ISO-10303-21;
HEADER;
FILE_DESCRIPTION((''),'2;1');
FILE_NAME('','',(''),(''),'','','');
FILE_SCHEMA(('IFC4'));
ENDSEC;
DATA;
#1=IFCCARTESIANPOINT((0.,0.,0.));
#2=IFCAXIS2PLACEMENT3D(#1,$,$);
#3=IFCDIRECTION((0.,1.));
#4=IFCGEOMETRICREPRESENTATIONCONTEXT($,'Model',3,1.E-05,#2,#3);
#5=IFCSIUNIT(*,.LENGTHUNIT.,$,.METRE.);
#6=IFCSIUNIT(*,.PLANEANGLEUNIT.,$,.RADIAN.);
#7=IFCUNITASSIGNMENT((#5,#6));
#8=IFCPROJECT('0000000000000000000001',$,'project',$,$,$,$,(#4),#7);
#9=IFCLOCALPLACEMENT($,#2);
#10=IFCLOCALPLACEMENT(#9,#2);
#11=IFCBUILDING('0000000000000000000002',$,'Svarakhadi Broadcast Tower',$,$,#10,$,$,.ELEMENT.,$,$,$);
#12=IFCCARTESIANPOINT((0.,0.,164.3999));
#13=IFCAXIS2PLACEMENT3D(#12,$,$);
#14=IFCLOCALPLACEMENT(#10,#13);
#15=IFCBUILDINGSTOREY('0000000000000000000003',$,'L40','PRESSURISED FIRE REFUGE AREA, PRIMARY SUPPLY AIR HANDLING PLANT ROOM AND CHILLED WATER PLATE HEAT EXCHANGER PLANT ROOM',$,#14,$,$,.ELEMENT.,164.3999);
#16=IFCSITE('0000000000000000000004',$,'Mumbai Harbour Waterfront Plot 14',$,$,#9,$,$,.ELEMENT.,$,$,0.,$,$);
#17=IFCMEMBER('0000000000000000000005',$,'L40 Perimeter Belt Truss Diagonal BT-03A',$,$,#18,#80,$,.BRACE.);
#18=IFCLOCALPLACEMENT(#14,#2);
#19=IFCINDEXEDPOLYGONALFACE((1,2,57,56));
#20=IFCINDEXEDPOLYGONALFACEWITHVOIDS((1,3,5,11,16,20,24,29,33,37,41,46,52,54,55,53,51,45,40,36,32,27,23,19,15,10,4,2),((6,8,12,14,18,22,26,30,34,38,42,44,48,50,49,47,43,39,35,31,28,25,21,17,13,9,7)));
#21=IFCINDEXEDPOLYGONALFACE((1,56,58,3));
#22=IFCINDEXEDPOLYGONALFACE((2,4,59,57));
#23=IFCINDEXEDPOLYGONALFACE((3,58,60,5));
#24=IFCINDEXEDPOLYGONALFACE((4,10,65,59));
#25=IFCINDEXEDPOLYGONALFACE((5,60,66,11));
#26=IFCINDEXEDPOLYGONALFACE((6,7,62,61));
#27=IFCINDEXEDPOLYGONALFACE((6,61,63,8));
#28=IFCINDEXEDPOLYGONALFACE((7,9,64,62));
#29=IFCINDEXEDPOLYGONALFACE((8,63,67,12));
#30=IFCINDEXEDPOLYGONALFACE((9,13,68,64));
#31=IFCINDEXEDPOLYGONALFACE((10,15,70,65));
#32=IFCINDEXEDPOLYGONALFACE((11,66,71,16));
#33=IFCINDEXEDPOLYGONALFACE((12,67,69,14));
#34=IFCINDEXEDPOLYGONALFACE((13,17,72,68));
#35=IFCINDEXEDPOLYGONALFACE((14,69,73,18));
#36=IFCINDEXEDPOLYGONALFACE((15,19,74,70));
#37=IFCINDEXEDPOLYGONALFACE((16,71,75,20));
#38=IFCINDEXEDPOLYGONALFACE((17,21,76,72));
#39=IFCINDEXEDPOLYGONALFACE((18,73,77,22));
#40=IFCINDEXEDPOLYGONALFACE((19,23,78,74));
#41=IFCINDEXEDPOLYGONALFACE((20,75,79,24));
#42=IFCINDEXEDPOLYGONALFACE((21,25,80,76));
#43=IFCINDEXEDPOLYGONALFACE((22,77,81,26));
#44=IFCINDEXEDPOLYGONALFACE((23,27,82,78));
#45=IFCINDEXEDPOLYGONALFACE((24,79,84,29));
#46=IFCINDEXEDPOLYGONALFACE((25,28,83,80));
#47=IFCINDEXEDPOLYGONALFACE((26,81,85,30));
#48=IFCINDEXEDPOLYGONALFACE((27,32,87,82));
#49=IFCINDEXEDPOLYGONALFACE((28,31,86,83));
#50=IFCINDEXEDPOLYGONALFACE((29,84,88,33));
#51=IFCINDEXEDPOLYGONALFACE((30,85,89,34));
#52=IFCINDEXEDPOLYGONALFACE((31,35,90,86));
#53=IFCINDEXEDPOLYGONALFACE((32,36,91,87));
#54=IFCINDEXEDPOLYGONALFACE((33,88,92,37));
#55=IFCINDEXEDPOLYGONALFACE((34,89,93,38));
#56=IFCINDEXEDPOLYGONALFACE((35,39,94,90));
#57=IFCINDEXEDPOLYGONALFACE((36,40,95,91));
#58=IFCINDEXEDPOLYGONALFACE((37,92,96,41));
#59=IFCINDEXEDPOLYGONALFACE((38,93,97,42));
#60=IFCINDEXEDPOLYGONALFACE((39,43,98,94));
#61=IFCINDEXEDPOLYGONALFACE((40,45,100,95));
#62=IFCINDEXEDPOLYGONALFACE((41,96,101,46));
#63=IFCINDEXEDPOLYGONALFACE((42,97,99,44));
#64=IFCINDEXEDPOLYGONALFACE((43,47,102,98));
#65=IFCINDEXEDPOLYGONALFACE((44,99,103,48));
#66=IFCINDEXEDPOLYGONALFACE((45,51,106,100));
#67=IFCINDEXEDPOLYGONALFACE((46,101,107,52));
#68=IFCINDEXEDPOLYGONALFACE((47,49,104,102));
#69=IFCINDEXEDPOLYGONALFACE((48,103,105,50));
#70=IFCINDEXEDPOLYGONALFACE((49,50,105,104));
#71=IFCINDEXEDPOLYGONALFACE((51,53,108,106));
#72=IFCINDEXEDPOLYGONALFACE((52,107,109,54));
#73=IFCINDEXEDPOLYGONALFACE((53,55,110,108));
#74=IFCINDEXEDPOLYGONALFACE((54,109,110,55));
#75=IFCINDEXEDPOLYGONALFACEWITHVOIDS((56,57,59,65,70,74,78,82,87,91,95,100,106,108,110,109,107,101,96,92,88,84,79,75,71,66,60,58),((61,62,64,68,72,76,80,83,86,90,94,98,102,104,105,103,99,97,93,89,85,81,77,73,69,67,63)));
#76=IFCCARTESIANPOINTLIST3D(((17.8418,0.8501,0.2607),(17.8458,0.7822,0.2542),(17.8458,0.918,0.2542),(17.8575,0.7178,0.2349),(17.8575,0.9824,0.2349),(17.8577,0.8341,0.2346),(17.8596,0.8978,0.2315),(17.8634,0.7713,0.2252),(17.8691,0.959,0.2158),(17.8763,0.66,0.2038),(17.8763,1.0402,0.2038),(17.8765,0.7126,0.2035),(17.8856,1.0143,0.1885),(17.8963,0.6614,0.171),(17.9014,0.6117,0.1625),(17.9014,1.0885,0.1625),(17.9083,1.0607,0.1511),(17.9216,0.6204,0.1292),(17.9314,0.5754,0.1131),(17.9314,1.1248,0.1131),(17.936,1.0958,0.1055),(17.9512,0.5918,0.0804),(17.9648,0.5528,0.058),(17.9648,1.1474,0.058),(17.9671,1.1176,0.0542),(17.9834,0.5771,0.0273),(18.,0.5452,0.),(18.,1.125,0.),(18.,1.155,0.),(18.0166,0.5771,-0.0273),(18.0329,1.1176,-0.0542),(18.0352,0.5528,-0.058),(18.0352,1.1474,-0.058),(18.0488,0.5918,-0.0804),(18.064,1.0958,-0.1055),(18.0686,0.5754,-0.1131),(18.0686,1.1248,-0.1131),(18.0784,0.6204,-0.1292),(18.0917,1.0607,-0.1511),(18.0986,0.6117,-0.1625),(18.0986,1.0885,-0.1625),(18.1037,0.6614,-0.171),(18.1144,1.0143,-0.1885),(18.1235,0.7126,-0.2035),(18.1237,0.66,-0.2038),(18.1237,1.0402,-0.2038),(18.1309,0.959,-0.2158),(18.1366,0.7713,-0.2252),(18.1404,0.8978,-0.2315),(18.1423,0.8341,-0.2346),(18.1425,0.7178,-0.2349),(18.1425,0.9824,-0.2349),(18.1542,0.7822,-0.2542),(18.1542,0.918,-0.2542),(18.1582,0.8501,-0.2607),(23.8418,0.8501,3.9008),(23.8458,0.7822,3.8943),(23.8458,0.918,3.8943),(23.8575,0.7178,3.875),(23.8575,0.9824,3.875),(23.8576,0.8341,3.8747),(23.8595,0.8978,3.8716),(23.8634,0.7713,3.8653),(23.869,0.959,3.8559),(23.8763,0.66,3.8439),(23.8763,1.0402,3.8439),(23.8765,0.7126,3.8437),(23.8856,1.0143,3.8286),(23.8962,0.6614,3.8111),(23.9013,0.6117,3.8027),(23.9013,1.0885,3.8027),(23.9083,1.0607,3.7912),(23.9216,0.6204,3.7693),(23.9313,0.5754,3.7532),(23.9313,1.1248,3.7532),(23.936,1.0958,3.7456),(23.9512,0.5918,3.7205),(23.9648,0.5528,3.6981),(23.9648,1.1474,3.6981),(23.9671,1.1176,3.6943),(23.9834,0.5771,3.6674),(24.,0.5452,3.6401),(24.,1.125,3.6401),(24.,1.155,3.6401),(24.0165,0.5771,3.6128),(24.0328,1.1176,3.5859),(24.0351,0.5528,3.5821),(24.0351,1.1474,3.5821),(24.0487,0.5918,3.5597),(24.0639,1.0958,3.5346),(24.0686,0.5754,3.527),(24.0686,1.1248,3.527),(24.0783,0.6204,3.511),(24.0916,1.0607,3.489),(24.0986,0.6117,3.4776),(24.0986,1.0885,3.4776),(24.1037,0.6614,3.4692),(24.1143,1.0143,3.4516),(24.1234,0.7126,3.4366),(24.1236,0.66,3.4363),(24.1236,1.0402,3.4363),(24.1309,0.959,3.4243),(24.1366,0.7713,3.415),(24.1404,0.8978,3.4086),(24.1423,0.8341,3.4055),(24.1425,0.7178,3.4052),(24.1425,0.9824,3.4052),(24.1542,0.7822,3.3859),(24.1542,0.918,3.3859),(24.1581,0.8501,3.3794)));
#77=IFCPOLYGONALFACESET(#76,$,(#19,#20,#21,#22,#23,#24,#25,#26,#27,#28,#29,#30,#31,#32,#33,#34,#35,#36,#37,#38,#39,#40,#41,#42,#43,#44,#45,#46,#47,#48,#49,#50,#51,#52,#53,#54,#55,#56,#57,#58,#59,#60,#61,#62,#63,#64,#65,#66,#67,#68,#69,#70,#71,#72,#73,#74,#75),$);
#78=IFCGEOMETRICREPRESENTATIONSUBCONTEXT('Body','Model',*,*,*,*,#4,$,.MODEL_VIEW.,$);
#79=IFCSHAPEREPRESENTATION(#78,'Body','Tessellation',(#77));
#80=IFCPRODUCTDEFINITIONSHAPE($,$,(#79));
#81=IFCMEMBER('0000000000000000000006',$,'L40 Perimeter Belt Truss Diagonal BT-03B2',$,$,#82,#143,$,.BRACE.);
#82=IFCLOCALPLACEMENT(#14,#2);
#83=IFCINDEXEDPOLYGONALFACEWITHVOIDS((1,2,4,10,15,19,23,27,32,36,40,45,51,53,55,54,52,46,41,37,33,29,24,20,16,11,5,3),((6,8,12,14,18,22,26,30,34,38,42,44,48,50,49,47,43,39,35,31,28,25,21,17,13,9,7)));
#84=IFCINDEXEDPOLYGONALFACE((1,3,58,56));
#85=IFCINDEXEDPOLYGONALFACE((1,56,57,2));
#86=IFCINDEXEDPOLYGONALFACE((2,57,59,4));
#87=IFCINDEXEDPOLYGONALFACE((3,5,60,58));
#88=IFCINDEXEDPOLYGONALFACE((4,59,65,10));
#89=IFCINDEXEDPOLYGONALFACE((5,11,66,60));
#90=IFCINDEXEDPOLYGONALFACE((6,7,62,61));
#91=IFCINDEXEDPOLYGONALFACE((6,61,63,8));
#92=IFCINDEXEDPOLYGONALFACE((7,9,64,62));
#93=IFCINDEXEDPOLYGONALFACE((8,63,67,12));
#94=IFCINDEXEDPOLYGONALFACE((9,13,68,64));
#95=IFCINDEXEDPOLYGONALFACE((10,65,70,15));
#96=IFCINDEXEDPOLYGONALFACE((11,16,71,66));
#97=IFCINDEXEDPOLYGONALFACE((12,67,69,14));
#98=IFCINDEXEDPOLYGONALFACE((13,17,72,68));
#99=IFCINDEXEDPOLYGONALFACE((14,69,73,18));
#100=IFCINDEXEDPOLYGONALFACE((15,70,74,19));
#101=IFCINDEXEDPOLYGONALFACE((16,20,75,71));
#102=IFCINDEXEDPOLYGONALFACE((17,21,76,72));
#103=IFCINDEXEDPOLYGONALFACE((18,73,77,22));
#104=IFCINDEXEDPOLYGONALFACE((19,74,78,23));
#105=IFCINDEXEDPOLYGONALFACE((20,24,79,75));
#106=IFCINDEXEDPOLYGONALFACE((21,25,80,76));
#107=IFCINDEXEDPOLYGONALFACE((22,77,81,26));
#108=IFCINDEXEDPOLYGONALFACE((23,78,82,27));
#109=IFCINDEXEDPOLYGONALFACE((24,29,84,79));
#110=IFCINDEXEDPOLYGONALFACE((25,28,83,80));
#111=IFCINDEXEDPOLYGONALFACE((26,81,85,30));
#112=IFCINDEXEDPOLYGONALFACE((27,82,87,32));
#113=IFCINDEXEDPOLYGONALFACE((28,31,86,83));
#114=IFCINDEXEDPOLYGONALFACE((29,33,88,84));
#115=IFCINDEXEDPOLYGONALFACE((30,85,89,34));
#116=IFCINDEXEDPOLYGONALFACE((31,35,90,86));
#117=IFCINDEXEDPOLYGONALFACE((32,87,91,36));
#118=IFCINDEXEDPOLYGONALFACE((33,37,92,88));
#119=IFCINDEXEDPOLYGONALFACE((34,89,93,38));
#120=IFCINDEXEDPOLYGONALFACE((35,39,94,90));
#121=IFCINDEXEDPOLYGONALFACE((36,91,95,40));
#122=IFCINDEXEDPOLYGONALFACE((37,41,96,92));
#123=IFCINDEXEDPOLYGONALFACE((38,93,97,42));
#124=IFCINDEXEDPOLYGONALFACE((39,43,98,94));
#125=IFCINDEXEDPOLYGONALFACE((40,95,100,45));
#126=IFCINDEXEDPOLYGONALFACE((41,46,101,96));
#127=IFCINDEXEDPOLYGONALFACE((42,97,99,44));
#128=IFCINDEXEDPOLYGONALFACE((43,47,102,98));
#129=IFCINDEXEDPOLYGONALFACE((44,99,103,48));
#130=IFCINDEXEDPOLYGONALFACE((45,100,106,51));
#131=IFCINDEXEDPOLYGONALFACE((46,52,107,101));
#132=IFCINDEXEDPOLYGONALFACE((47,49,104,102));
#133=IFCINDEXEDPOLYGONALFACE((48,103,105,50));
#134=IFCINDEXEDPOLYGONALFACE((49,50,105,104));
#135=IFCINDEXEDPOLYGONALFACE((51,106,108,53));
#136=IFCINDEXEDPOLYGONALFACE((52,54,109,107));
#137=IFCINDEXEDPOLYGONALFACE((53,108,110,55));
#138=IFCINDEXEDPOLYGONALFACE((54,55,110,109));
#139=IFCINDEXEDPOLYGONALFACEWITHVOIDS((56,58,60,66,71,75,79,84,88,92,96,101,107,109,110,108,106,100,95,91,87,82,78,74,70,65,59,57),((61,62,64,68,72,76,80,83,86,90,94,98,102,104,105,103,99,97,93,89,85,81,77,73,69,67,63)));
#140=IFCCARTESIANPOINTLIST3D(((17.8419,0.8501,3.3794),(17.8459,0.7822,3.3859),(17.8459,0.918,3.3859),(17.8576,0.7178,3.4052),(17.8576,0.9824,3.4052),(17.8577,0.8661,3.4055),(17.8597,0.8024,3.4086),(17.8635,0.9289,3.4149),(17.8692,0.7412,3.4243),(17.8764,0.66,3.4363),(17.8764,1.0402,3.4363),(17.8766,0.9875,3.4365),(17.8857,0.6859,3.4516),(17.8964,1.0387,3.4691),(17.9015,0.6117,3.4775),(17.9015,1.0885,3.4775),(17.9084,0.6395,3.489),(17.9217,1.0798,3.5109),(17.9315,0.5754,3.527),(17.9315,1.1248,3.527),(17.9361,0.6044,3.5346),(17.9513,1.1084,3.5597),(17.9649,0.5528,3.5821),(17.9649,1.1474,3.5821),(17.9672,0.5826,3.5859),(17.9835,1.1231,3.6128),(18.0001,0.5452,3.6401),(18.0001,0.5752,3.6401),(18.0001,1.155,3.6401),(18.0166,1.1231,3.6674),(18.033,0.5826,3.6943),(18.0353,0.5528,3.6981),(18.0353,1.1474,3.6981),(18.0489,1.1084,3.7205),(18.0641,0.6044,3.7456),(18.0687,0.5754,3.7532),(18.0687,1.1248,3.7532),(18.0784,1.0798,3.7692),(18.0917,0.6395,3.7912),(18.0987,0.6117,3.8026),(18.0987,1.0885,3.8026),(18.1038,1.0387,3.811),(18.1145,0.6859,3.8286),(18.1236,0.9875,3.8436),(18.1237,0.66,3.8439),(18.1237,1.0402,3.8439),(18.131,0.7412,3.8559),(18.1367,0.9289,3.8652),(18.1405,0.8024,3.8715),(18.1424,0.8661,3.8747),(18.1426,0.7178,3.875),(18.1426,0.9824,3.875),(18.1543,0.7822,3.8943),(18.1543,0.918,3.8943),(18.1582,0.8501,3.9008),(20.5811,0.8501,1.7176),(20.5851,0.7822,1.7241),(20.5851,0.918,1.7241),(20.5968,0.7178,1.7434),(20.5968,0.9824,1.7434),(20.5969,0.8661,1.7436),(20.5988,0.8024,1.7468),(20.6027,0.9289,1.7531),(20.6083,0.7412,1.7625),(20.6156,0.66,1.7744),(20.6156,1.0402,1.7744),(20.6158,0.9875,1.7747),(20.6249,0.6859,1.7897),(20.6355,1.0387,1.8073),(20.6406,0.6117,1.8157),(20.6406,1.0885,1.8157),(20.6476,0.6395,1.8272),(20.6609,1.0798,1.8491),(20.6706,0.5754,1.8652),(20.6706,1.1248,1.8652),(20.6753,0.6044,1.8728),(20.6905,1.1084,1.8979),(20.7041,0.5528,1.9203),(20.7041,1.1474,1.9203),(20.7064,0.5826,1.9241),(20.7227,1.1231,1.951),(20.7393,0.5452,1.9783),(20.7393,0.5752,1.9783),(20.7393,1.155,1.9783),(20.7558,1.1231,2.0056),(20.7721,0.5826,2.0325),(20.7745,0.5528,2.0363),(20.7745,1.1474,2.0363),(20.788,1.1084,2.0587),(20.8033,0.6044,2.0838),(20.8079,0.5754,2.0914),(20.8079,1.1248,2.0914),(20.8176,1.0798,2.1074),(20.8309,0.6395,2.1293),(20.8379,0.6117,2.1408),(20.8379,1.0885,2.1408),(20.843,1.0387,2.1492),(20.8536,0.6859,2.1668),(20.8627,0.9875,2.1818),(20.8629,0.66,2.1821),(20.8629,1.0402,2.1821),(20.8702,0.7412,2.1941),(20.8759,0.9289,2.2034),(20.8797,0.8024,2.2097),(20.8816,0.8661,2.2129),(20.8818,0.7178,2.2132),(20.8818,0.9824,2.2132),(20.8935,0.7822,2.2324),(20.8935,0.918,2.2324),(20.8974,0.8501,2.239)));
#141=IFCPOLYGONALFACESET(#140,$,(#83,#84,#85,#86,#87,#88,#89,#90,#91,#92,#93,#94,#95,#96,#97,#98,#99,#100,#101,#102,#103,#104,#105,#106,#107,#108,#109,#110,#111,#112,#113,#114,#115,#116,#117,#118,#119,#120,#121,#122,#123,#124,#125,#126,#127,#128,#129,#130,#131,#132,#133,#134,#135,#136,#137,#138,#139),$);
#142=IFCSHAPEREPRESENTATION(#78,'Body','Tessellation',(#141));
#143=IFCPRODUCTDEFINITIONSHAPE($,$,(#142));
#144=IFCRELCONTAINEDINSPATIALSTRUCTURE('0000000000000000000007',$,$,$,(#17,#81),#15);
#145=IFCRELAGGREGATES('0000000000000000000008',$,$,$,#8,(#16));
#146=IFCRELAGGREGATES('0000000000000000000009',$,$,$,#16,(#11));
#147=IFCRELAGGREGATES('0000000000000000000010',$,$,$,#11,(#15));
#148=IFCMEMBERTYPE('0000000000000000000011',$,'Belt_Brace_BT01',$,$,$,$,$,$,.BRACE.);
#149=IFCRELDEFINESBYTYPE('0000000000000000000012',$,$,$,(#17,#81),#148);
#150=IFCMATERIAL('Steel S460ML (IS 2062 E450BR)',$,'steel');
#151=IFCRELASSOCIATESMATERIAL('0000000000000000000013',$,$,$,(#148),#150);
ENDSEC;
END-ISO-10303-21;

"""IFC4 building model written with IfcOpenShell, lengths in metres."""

from ifc_helpers import new_model, si_unit, direction, frame, origin, origin_2d, place, context, subcontext, project, spatial, hollow_circle, extrude, material, material_profile, profile_set, type_object, element, save


model = new_model("IFC4")

# Units and contexts
model_context = context("Model", 3, precision=1e-05, world=origin(), true_north=direction((0.0, 1.0)))
body_context = subcontext(model_context, "Body", "Model", "MODEL_VIEW")
ifc_project = project(units=[si_unit("LENGTHUNIT", "METRE"), si_unit("PLANEANGLEUNIT", "RADIAN")], contexts=[model_context])

# Site, building, storey
site_placement = place(None, origin())
site = spatial("IfcSite", under=ifc_project, at=site_placement, Name="Mumbai Harbour Waterfront Plot 14", CompositionType="ELEMENT", RefElevation=0.0)
building_placement = place(site_placement, origin())
building = spatial("IfcBuilding", under=site, at=building_placement, Name="Svarakhadi Broadcast Tower", CompositionType="ELEMENT")
storey_placement = place(building_placement, frame((0.0, 0.0, 164.3999)))
storey = spatial("IfcBuildingStorey", under=building, at=storey_placement, Name="L40", Description="PRESSURISED FIRE REFUGE AREA, PRIMARY SUPPLY AIR HANDLING PLANT ROOM AND CHILLED WATER PLATE HEAT EXCHANGER PLANT ROOM", CompositionType="ELEMENT", Elevation=164.3999)

# Shared definitions
ifc_material_1 = material(Name="Steel S460ML (IS 2062 E450BR)", Category="steel")

# Members
ifc_material_profile_1 = material_profile(ifc_material_1, hollow_circle(Radius=0.3049, WallThickness=0.03, at=origin_2d()), Name="CHS 610x30")
ifc_profile_set_1 = profile_set([ifc_material_profile_1], Name="Steel S460ML (IS 2062 E450BR)")
member_type_1 = type_object("IfcMemberType", Name="Belt_Brace_BT01", PredefinedType="BRACE", material=ifc_profile_set_1)
member_1_placement = place(storey_placement, frame((18.0, 0.8501, 0.0), z_axis=(0.854959, 0.0, 0.518695), x_axis=(0.0, 1.0, 0.0)))
element("IfcMember", 1, at=member_1_placement, inside=storey, type_object=member_type_1, Name="L40 Perimeter Belt Truss Diagonal BT-03A", PredefinedType="BRACE", context=body_context, shape_type="SweptSolid", body=[
    extrude(hollow_circle(Radius=0.3049, WallThickness=0.03, at=origin_2d()), origin(), (0.0, 0.0, 1.0), 7.0178),
])
member_2_placement = place(storey_placement, frame((20.7393, 0.8501, 1.9783), z_axis=(-0.854961, 0.0, 0.518692), x_axis=(0.0, -1.0, 0.0)))
element("IfcMember", 2, at=member_2_placement, inside=storey, type_object=member_type_1, Name="L40 Perimeter Belt Truss Diagonal BT-03B2", PredefinedType="BRACE", context=body_context, shape_type="SweptSolid", body=[
    extrude(hollow_circle(Radius=0.3049, WallThickness=0.03, at=origin_2d()), origin(), (0.0, 0.0, 1.0), 3.2039),
])

save(model, "model.ifc")
